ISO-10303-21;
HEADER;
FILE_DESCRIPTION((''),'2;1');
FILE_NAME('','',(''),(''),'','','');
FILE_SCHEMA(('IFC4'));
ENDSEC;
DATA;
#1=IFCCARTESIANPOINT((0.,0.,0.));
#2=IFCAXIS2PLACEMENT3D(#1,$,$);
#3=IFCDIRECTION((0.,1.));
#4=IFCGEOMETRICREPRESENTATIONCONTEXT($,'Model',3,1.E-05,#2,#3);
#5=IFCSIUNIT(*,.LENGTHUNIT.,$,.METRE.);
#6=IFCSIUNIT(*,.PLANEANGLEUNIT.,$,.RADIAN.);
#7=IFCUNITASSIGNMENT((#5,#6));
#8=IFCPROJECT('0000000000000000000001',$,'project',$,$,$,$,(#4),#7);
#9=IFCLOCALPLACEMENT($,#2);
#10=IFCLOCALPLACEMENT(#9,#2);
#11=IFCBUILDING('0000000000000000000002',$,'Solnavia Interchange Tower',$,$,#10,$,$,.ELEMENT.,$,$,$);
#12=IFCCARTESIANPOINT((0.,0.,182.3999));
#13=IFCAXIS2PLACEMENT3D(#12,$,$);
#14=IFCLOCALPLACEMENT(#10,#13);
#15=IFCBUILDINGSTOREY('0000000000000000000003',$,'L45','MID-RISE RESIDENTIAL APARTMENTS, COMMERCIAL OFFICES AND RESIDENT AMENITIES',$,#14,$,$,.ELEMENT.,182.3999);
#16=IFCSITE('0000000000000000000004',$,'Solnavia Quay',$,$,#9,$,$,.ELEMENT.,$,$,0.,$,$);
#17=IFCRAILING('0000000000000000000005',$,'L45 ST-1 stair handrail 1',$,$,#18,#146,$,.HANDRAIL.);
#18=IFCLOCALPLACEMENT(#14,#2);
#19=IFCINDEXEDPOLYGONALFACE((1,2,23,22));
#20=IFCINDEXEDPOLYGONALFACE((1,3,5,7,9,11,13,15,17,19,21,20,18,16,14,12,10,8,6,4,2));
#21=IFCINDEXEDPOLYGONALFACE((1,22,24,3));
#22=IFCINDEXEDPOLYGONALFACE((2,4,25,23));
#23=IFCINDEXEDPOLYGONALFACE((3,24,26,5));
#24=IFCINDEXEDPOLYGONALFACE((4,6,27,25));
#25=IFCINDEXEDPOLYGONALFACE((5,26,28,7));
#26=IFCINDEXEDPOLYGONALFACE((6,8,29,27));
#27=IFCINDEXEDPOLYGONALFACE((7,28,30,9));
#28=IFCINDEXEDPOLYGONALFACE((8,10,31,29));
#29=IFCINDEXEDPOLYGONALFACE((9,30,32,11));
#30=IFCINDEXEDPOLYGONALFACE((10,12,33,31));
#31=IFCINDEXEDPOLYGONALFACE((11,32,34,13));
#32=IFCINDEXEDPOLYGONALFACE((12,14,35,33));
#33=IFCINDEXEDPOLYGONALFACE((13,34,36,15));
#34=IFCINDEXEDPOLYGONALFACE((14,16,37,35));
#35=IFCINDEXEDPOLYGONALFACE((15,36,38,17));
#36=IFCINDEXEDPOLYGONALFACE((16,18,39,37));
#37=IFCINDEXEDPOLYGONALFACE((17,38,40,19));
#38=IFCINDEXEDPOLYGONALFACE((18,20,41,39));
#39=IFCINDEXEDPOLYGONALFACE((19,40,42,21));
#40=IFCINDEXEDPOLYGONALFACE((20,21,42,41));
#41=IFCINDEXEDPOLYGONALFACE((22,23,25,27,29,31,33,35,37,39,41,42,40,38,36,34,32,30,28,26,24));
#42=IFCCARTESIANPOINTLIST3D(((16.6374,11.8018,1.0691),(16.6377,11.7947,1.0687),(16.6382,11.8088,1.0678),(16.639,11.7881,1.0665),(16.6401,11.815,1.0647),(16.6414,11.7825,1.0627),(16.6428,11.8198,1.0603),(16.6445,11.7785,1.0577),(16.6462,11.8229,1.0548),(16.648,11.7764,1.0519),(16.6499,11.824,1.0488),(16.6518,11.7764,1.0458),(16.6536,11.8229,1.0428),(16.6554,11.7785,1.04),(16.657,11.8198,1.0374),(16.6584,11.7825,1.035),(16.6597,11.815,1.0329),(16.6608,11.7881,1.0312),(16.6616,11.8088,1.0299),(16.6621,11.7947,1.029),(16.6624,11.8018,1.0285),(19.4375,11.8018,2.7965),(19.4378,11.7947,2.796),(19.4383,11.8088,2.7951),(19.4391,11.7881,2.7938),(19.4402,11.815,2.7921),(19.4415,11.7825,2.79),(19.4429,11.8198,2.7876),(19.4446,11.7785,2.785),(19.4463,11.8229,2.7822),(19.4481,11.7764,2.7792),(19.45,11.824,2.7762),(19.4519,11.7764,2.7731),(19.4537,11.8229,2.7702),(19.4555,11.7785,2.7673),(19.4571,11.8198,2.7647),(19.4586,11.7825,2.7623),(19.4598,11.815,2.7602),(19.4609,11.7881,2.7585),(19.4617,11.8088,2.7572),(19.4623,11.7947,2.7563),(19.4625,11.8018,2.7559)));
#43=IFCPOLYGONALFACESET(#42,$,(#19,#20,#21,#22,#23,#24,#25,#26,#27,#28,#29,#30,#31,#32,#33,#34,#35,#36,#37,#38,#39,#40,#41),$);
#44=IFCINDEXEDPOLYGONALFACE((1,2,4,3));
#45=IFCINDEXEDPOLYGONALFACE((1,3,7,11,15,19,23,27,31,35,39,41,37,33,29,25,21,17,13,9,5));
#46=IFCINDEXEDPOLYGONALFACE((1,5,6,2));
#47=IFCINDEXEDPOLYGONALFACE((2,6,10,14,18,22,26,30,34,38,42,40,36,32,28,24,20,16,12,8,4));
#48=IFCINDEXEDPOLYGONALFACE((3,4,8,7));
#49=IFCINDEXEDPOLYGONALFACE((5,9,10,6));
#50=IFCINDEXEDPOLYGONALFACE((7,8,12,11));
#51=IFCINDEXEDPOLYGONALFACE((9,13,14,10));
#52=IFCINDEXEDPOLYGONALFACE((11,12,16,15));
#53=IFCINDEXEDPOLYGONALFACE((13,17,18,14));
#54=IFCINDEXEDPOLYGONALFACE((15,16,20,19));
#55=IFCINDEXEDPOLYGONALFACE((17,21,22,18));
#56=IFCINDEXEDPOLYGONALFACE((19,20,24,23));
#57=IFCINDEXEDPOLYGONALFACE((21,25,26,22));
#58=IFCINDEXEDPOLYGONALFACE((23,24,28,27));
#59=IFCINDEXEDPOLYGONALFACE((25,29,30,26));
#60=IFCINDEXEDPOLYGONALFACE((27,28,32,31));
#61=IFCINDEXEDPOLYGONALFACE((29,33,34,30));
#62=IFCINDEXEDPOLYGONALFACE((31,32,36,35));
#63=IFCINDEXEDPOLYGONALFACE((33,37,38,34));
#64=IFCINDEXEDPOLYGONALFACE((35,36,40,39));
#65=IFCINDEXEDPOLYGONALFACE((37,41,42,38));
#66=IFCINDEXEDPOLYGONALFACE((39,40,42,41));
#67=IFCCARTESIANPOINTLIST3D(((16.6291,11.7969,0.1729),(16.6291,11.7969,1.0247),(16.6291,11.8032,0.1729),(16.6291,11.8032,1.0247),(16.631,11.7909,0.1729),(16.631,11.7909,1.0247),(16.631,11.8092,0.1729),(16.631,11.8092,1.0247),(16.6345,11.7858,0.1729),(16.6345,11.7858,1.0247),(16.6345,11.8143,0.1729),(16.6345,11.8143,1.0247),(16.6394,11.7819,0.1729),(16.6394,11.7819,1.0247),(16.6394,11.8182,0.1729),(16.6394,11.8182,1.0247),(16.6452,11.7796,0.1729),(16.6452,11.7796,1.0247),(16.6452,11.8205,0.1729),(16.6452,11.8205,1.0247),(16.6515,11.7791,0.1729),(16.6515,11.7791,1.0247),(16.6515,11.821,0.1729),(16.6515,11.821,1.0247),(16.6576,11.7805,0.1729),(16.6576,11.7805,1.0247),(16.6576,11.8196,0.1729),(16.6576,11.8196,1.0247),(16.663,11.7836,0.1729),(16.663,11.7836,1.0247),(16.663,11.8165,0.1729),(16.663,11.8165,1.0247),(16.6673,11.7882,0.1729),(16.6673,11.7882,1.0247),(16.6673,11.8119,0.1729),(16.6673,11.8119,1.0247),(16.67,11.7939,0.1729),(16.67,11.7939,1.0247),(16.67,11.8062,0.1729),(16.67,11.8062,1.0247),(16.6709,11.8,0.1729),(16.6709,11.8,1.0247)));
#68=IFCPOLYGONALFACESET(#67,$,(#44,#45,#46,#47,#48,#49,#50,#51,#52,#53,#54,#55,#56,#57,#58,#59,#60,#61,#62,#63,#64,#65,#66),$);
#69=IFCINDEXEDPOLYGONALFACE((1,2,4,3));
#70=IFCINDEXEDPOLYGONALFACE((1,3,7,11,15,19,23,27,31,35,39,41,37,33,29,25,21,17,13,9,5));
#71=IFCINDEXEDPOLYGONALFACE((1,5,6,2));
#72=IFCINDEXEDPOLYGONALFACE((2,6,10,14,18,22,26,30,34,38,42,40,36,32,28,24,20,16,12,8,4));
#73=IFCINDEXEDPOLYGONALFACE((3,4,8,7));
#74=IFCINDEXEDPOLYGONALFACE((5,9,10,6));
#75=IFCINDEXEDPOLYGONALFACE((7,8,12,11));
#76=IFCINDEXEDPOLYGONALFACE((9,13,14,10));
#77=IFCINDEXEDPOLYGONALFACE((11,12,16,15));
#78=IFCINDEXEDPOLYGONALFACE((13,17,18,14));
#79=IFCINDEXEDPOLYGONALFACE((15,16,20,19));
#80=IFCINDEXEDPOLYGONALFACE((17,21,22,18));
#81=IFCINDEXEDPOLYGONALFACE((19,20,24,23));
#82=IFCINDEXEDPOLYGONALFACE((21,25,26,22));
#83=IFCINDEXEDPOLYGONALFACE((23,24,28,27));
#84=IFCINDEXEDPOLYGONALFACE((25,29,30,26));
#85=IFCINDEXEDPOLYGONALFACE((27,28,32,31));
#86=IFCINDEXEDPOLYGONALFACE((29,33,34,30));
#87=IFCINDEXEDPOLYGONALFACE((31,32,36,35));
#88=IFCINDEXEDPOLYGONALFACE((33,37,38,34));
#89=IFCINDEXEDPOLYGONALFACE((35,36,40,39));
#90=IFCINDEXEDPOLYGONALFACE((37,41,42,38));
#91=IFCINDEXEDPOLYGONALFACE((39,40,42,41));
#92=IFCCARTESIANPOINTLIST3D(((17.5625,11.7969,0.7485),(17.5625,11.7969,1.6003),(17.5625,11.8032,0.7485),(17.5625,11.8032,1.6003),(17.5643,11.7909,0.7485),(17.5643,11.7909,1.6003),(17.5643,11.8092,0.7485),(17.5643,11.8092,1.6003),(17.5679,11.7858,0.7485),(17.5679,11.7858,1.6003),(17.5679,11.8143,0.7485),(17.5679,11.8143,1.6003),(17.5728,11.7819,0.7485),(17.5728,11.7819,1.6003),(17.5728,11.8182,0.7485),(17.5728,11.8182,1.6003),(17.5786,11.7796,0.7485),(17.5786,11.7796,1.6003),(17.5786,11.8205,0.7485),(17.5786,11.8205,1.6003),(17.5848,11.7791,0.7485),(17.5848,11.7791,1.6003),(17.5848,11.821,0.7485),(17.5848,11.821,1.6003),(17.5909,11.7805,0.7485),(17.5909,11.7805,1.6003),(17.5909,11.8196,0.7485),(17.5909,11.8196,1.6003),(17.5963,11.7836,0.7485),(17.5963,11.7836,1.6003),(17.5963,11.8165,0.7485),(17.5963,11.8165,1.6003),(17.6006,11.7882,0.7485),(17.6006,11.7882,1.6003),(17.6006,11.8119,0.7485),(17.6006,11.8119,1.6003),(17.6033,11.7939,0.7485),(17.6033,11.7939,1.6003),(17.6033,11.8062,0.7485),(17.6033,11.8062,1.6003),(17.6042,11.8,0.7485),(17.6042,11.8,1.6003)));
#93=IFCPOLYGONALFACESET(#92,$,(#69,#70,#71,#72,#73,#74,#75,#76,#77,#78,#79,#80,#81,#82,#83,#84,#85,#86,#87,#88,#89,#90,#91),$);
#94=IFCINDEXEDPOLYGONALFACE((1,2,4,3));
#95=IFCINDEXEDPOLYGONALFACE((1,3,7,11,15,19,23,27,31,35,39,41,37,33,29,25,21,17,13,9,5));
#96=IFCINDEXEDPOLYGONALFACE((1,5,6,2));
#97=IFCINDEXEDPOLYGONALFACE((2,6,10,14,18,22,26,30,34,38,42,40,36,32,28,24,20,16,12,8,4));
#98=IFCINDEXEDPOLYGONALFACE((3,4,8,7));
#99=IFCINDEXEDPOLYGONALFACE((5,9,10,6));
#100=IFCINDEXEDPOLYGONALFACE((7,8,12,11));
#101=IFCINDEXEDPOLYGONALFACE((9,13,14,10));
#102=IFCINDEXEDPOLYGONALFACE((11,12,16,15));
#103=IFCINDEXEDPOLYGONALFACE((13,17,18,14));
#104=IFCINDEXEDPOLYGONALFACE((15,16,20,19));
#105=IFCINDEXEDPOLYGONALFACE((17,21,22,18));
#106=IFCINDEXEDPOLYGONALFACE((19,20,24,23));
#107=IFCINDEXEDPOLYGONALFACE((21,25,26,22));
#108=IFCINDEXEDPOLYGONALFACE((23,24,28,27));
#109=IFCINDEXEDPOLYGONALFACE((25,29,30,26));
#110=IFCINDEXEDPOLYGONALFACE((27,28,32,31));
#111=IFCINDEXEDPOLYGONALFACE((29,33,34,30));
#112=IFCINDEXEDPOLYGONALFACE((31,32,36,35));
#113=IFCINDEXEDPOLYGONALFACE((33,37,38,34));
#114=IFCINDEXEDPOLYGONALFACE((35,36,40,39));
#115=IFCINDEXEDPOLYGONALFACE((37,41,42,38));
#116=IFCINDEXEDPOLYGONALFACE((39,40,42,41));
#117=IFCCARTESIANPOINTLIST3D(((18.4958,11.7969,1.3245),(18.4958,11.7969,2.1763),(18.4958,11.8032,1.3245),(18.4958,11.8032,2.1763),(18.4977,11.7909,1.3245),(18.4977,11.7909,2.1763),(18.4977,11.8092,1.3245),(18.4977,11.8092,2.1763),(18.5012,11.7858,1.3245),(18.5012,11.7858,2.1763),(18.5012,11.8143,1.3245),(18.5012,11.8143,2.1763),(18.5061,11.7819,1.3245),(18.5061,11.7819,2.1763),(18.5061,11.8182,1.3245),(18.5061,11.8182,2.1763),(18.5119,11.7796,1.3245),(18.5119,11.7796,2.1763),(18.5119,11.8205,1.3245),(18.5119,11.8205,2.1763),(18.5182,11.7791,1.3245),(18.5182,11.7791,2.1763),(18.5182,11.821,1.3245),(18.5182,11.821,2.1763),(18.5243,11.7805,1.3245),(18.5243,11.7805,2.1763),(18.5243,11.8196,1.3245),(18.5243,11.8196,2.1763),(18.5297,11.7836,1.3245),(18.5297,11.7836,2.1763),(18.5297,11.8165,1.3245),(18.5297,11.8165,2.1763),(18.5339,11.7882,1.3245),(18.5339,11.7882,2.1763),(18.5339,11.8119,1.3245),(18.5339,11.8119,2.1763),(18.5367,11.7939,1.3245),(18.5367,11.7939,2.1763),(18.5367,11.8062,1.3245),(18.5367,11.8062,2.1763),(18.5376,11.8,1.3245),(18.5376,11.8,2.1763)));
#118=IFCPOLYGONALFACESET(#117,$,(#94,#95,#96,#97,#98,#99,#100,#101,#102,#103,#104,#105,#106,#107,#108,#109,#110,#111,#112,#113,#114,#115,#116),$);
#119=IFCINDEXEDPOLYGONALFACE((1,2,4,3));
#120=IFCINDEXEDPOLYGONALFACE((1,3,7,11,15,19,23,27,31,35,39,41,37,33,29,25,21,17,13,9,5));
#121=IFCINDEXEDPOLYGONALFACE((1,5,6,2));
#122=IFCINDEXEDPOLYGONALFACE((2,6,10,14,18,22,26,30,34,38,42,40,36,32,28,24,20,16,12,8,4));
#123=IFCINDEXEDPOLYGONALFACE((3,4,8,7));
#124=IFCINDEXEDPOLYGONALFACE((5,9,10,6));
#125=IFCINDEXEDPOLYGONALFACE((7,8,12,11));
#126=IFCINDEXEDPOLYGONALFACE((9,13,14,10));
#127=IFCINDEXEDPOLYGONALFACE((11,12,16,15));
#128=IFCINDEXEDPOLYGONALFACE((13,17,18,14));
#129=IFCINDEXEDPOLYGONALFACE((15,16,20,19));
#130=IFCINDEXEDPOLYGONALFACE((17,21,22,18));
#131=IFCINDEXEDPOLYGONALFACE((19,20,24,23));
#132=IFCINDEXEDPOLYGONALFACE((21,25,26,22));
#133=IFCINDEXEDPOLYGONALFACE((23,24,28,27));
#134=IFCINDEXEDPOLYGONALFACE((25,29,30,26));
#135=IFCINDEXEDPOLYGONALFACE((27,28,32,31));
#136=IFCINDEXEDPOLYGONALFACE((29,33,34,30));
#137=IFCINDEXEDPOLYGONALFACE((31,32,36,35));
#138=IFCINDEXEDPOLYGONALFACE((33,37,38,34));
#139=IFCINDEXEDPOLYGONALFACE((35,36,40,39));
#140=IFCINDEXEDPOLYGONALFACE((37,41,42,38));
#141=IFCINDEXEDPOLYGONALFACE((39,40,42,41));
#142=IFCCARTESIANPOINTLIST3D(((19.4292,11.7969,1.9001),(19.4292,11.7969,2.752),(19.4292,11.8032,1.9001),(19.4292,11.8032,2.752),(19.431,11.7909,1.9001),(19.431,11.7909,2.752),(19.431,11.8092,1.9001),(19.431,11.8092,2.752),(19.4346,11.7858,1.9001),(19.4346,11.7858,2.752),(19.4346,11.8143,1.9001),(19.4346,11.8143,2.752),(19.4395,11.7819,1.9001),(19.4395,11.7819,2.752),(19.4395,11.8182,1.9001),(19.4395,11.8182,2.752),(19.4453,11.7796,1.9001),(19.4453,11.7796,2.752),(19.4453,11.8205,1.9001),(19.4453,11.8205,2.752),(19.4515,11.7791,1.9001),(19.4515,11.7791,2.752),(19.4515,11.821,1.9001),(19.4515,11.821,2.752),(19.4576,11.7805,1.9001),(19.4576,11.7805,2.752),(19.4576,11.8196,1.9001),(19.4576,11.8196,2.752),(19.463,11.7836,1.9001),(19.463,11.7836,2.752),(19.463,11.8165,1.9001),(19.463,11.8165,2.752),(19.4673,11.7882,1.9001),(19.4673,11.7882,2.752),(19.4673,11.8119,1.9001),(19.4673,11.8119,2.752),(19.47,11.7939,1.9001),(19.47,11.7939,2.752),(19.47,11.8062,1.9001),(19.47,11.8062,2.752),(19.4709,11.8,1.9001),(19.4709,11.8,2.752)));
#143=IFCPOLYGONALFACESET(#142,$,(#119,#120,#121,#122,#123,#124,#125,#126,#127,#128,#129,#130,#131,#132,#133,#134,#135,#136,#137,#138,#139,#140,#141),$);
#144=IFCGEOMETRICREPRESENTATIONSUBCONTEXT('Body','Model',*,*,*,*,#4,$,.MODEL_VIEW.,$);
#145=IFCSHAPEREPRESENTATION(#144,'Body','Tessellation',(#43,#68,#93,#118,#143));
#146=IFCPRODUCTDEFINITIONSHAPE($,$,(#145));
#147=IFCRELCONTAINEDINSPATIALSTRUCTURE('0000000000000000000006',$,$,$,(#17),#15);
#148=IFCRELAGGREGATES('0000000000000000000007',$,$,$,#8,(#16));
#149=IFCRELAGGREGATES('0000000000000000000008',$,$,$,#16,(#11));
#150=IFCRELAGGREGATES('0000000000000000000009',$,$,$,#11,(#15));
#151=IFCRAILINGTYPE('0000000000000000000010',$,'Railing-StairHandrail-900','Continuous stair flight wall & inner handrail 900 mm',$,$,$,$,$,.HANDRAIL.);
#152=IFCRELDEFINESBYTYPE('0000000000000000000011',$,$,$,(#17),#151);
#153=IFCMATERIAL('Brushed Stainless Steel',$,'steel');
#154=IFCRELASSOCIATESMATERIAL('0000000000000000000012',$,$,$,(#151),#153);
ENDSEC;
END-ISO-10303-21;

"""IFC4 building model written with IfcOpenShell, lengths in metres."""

from ifc_helpers import new_model, si_unit, direction, frame, origin, origin_2d, place, context, subcontext, project, spatial, circle, extrude, material, type_object, element, save


model = new_model("IFC4")

# Units and contexts
model_context = context("Model", 3, precision=1e-05, world=origin(), true_north=direction((0.0, 1.0)))
body_context = subcontext(model_context, "Body", "Model", "MODEL_VIEW")
ifc_project = project(units=[si_unit("LENGTHUNIT", "METRE"), si_unit("PLANEANGLEUNIT", "RADIAN")], contexts=[model_context])

# Site, building, storey
site_placement = place(None, origin())
site = spatial("IfcSite", under=ifc_project, at=site_placement, Name="Solnavia Quay", CompositionType="ELEMENT", RefElevation=0.0)
building_placement = place(site_placement, origin())
building = spatial("IfcBuilding", under=site, at=building_placement, Name="Solnavia Interchange Tower", CompositionType="ELEMENT")
storey_placement = place(building_placement, frame((0.0, 0.0, 182.3999)))
storey = spatial("IfcBuildingStorey", under=building, at=storey_placement, Name="L45", Description="MID-RISE RESIDENTIAL APARTMENTS, COMMERCIAL OFFICES AND RESIDENT AMENITIES", CompositionType="ELEMENT", Elevation=182.3999)

# Railing
ifc_material_1 = material(Name="Brushed Stainless Steel", Category="steel")
railing_type_1 = type_object("IfcRailingType", Name="Railing-StairHandrail-900", Description="Continuous stair flight wall & inner handrail 900 mm", PredefinedType="HANDRAIL", material=ifc_material_1)
railing_1_placement = place(storey_placement, frame((16.6499, 11.8, 0.1729)))
element("IfcRailing", 1, at=railing_1_placement, inside=storey, type_object=railing_type_1, Name="L45 ST-1 stair handrail 1", PredefinedType="HANDRAIL", context=body_context, shape_type="SweptSolid", body=[
    extrude(circle(Radius=0.0239, at=origin_2d()), frame((0.0, 0.0, 0.876), z_axis=(0.85109, 0.0, 0.52502), x_axis=(0.0, 1.0, 0.0)), (0.0, 0.0, 1.0), 3.29),
    extrude(circle(Radius=0.021, at=origin_2d()), origin(), (0.0, 0.0, 1.0), 0.8518),
    extrude(circle(Radius=0.021, at=origin_2d()), frame((0.9333, 0.0, 0.5757)), (0.0, 0.0, 1.0), 0.8518),
    extrude(circle(Radius=0.021, at=origin_2d()), frame((1.8667, 0.0, 1.1516)), (0.0, 0.0, 1.0), 0.8518),
    extrude(circle(Radius=0.021, at=origin_2d()), frame((2.8, 0.0, 1.7273)), (0.0, 0.0, 1.0), 0.8518),
])

save(model, "model.ifc")
